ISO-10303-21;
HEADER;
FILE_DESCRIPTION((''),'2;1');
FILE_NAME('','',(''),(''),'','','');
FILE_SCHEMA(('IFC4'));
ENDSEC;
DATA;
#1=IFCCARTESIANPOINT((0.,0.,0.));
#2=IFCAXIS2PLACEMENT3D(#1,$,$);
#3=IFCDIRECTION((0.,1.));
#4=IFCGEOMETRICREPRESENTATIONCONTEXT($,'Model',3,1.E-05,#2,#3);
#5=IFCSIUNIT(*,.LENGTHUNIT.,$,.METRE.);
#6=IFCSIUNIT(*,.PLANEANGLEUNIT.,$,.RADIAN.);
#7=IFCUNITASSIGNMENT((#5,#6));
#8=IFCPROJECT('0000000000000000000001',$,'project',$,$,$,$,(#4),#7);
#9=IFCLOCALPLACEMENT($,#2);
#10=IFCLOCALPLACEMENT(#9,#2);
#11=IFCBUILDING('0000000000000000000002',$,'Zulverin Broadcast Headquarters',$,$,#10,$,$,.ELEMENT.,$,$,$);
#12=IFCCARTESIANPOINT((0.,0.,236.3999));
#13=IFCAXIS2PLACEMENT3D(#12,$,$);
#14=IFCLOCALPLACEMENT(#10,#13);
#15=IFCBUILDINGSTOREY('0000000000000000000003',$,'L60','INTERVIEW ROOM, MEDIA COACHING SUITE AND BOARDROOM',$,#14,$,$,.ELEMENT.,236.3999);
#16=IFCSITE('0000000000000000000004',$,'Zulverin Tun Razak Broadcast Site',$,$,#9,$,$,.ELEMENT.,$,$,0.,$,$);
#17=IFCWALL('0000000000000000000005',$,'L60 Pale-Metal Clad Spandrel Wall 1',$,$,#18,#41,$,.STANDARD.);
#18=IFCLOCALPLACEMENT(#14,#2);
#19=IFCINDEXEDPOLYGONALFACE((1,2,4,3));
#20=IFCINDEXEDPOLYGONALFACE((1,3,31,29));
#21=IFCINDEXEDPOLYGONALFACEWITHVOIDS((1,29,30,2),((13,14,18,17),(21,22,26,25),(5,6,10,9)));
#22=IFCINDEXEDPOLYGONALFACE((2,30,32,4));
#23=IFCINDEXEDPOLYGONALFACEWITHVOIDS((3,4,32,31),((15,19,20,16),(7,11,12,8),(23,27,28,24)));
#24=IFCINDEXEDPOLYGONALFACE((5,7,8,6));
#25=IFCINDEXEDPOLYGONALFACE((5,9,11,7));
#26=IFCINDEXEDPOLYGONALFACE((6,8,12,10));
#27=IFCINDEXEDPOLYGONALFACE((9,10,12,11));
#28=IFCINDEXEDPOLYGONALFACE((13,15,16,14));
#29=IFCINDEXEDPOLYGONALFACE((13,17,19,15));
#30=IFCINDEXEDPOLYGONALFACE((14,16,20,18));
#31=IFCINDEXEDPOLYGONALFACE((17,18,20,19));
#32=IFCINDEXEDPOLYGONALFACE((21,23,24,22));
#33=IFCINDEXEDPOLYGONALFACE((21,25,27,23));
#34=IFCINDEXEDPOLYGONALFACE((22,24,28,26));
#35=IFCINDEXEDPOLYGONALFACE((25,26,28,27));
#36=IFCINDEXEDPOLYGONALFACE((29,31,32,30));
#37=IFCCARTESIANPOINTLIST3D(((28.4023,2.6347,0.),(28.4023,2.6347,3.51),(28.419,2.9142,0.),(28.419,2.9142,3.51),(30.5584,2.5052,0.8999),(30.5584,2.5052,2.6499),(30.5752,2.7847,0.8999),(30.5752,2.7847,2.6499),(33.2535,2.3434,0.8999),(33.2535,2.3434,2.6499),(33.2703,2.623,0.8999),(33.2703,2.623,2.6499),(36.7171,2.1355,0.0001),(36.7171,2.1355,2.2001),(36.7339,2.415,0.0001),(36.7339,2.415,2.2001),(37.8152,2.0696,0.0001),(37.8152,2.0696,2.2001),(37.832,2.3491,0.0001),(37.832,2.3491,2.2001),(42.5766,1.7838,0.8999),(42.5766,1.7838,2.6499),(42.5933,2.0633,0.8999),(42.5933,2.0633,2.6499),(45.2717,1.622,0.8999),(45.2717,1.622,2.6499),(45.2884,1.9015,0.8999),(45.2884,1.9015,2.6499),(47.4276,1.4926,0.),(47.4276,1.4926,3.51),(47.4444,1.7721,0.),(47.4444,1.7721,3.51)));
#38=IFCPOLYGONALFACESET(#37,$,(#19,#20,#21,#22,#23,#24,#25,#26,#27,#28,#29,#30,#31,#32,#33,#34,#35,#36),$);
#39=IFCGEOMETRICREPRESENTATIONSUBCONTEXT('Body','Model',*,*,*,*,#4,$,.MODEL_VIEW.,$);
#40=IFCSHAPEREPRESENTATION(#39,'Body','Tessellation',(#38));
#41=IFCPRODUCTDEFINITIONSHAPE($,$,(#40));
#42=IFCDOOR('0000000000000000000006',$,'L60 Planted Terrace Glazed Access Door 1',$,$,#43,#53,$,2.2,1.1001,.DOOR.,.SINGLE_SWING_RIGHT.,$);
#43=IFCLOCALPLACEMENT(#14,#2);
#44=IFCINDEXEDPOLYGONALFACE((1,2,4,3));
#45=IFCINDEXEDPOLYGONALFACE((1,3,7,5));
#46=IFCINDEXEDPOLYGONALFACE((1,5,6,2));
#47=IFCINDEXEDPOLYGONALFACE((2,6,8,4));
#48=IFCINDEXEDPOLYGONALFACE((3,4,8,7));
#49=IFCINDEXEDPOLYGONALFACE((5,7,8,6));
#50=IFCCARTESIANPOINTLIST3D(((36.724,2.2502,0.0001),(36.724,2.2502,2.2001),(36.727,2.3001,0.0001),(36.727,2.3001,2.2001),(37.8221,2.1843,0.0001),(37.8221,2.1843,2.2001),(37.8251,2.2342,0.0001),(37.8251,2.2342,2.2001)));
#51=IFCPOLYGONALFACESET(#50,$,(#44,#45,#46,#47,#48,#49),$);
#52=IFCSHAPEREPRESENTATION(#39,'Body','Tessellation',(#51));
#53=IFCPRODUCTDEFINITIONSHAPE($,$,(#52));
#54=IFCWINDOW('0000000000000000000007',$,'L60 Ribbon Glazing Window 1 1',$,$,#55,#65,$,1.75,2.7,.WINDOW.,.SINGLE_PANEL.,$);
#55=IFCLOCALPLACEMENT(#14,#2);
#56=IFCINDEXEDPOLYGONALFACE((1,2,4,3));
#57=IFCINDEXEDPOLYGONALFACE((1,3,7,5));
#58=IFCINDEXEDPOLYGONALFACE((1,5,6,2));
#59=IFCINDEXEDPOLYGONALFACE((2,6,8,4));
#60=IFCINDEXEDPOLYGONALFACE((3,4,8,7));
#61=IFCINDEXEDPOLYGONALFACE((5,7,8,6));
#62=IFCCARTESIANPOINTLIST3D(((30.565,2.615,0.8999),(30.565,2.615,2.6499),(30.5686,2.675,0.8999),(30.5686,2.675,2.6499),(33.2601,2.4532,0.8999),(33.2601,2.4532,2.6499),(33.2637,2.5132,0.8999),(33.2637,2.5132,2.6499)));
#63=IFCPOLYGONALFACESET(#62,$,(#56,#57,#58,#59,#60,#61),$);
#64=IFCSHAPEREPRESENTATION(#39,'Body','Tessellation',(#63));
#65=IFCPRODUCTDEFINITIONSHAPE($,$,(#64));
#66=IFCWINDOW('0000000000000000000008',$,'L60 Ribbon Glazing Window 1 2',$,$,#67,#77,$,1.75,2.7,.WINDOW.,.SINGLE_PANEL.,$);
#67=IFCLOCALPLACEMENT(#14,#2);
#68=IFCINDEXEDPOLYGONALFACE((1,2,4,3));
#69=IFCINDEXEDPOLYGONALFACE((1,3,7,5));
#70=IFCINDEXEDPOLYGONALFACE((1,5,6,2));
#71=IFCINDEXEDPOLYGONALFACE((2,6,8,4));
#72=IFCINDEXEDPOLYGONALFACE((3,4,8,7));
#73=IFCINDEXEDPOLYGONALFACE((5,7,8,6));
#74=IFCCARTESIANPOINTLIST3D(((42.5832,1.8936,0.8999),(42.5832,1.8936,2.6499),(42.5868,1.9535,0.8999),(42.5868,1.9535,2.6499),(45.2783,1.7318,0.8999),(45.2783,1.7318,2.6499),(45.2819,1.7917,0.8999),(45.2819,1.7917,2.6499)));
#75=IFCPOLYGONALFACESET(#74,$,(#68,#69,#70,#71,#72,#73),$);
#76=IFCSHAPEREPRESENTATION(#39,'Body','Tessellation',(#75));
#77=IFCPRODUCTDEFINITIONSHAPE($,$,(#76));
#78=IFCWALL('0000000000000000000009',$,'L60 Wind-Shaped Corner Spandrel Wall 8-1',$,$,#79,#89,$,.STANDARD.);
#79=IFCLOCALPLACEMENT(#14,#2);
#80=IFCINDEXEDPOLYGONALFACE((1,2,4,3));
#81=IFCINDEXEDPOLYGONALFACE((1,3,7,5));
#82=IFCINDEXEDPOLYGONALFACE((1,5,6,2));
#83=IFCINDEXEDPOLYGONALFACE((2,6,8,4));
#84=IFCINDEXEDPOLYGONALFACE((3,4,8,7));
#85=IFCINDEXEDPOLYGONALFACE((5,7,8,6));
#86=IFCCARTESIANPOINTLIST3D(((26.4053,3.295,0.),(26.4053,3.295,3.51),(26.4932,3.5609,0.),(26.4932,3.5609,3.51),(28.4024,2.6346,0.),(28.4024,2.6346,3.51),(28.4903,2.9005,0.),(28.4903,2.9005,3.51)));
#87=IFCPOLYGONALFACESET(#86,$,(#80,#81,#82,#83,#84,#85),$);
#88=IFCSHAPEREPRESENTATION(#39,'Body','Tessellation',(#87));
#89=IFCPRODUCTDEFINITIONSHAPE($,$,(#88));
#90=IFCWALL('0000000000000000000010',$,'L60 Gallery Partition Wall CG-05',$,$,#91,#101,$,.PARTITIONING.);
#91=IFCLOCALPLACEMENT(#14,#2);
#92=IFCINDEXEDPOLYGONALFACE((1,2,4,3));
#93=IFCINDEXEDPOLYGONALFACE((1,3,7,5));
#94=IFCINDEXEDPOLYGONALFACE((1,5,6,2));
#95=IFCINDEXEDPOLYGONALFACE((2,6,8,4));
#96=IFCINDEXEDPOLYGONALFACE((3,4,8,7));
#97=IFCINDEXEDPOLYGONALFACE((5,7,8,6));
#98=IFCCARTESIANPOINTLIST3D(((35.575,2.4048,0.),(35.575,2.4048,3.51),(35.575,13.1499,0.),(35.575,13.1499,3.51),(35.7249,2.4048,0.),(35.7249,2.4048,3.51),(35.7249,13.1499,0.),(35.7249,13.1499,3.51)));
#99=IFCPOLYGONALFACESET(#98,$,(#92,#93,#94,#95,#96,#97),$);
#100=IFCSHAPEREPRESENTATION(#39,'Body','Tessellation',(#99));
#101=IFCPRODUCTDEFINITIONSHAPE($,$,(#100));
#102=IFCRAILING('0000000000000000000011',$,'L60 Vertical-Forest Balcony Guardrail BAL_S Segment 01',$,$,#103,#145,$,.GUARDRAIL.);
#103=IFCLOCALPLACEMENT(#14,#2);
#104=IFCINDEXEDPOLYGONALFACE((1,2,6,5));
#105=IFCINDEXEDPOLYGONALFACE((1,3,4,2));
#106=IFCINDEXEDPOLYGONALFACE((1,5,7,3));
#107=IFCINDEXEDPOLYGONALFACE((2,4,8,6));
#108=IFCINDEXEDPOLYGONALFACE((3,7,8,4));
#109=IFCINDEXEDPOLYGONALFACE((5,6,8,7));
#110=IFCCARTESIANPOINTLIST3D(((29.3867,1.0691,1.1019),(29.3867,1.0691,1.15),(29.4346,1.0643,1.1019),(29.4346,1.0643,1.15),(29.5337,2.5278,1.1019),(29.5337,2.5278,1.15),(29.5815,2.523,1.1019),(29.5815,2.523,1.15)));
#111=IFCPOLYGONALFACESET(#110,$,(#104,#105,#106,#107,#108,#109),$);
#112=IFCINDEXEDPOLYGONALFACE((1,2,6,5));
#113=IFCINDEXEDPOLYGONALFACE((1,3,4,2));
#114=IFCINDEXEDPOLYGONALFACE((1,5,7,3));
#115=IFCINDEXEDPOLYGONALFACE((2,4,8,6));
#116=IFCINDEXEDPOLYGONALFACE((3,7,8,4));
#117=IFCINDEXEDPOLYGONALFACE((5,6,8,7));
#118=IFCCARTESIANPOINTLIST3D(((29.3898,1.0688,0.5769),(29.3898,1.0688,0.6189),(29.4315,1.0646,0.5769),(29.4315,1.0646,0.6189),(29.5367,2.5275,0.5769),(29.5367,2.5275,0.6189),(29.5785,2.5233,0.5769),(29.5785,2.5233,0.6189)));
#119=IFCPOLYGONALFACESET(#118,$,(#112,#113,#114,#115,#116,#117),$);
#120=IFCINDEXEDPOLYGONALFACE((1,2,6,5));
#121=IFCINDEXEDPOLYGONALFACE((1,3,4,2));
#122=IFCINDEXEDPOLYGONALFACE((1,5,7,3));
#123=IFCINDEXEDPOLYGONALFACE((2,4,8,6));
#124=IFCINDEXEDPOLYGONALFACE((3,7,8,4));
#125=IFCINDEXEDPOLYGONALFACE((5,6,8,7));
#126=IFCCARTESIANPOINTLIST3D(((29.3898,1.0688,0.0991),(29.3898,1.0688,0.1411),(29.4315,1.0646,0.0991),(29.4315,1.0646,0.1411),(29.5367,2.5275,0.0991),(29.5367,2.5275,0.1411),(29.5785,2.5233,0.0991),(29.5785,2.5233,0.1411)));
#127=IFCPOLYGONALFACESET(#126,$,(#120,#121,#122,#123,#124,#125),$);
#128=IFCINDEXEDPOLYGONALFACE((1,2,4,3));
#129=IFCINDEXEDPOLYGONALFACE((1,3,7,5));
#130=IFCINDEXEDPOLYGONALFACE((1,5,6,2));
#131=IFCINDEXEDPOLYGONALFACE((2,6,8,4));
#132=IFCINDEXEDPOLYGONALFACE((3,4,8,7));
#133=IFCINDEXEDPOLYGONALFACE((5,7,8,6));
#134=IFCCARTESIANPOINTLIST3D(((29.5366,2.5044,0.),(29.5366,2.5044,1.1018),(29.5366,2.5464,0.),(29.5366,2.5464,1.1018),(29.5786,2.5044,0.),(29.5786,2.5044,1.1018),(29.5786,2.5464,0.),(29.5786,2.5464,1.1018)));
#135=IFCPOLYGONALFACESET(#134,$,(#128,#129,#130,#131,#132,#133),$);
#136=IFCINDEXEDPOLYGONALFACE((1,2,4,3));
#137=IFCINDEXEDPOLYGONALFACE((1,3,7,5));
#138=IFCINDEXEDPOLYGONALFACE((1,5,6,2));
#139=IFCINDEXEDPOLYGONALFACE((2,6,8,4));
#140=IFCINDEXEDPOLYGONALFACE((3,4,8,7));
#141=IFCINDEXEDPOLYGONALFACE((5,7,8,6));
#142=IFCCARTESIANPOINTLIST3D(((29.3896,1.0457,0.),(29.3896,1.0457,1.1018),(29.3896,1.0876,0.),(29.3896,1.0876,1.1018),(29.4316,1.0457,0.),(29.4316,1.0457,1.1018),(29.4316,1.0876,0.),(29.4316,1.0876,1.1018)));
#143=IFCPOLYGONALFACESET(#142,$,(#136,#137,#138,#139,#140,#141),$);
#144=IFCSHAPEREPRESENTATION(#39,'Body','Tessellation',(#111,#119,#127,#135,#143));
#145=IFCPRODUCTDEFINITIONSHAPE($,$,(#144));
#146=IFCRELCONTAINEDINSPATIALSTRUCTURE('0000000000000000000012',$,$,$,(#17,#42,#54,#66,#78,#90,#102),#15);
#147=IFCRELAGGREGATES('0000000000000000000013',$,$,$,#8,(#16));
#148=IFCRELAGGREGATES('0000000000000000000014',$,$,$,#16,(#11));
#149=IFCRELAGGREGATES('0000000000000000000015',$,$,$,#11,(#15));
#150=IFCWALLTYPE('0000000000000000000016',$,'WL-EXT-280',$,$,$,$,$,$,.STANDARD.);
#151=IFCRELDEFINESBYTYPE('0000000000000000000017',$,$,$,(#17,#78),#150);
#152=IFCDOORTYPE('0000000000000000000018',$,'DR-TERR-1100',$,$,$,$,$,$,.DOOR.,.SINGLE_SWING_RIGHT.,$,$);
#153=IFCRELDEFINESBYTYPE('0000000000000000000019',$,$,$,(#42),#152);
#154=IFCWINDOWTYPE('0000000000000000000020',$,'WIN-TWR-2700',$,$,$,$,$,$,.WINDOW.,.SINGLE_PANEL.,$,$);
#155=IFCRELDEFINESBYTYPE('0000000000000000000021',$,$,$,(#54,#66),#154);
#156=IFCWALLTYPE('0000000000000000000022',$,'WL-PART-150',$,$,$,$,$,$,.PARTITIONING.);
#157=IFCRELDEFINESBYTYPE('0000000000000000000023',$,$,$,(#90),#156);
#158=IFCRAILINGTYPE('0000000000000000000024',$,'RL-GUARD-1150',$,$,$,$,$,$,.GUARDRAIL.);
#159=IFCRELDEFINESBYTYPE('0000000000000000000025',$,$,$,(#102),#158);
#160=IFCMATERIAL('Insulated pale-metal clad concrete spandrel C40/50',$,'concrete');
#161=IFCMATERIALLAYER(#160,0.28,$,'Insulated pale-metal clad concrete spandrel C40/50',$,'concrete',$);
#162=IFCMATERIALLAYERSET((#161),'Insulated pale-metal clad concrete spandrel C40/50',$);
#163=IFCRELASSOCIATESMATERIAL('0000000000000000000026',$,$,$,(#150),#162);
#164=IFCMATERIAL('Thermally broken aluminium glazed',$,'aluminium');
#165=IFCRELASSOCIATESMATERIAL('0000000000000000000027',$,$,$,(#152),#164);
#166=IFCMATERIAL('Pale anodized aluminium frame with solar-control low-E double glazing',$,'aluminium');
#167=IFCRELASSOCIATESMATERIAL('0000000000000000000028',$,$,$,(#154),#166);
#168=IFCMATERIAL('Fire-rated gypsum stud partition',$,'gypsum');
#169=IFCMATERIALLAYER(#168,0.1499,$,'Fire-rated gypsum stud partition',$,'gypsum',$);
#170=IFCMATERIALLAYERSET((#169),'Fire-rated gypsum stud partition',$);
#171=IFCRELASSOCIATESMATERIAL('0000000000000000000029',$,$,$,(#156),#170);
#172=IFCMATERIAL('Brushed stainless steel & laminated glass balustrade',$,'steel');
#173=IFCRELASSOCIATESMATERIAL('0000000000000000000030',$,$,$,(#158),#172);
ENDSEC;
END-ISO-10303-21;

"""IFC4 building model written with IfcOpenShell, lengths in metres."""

from ifc_helpers import new_model, si_unit, direction, frame, frame_2d, origin, origin_2d, place, context, subcontext, project, spatial, rectangle, extrude, material, layer, layer_set, type_object, element, fill, save


model = new_model("IFC4")

# Units and contexts
model_context = context("Model", 3, precision=1e-05, world=origin(), true_north=direction((0.0, 1.0)))
body_context = subcontext(model_context, "Body", "Model", "MODEL_VIEW")
ifc_project = project(units=[si_unit("LENGTHUNIT", "METRE"), si_unit("PLANEANGLEUNIT", "RADIAN")], contexts=[model_context])

# Site, building, storey
site_placement = place(None, origin())
site = spatial("IfcSite", under=ifc_project, at=site_placement, Name="Zulverin Tun Razak Broadcast Site", CompositionType="ELEMENT", RefElevation=0.0)
building_placement = place(site_placement, origin())
building = spatial("IfcBuilding", under=site, at=building_placement, Name="Zulverin Broadcast Headquarters", CompositionType="ELEMENT")
storey_placement = place(building_placement, frame((0.0, 0.0, 236.3999)))
storey = spatial("IfcBuildingStorey", under=building, at=storey_placement, Name="L60", Description="INTERVIEW ROOM, MEDIA COACHING SUITE AND BOARDROOM", CompositionType="ELEMENT", Elevation=236.3999)

# Wall, openings, door, windows
ifc_material_1 = material(Name="Insulated pale-metal clad concrete spandrel C40/50", Category="concrete")
ifc_layer_1 = layer(ifc_material_1, 0.28, Name="Insulated pale-metal clad concrete spandrel C40/50", Category="concrete")
ifc_layer_set_1 = layer_set([ifc_layer_1], Name="Insulated pale-metal clad concrete spandrel C40/50")
wall_type_1 = type_object("IfcWallType", Name="WL-EXT-280", PredefinedType="STANDARD", material=ifc_layer_set_1)
wall_1_placement = place(storey_placement, frame((28.4106, 2.7744, 0.0), z_axis=(0.0, 0.0, 1.0), x_axis=(0.998203, -0.059922, 0.0)))
wall_1 = element("IfcWall", 1, at=wall_1_placement, inside=storey, type_object=wall_type_1, Name="L60 Pale-Metal Clad Spandrel Wall 1", PredefinedType="STANDARD", context=body_context, shape_type="SweptSolid", body=[
    extrude(rectangle(XDim=19.0596, YDim=0.28, at=frame_2d((9.5298, 0.0))), origin(), (0.0, 0.0, 1.0), 3.51),
])
opening_1_placement = place(wall_1_placement, frame((8.3298, 0.0, 0.0)))
opening_1 = element("IfcOpeningElement", 2, at=opening_1_placement, cuts=wall_1, PredefinedType="OPENING", context=body_context, shape_type="SweptSolid", body=[
    extrude(rectangle(XDim=1.1001, YDim=2.2, at=frame_2d((0.55, 1.1001))), frame((0.0, 0.1499, 0.0), z_axis=(0.0, -1.0, 0.0), x_axis=(1.0, 0.0, 0.0)), (0.0, 0.0, 1.0), 0.3),
])
opening_2_placement = place(wall_1_placement, frame((2.1599, 0.0, 0.8999)))
opening_2 = element("IfcOpeningElement", 3, at=opening_2_placement, cuts=wall_1, PredefinedType="OPENING", context=body_context, shape_type="SweptSolid", body=[
    extrude(rectangle(XDim=2.7, YDim=1.75, at=frame_2d((1.3501, 0.875))), frame((0.0, 0.1499, 0.0), z_axis=(0.0, -1.0, 0.0), x_axis=(1.0, 0.0, 0.0)), (0.0, 0.0, 1.0), 0.3),
])
opening_3_placement = place(wall_1_placement, frame((14.1997, 0.0, 0.8999)))
opening_3 = element("IfcOpeningElement", 4, at=opening_3_placement, cuts=wall_1, PredefinedType="OPENING", context=body_context, shape_type="SweptSolid", body=[
    extrude(rectangle(XDim=2.7, YDim=1.75, at=frame_2d((1.3501, 0.875))), frame((0.0, 0.1499, 0.0), z_axis=(0.0, -1.0, 0.0), x_axis=(1.0, 0.0, 0.0)), (0.0, 0.0, 1.0), 0.3),
])
ifc_material_2 = material(Name="Thermally broken aluminium glazed", Category="aluminium")
door_type = type_object("IfcDoorType", Name="DR-TERR-1100", OperationType="SINGLE_SWING_RIGHT", PredefinedType="DOOR", material=ifc_material_2)
door_placement = place(opening_1_placement, origin())
door = element("IfcDoor", 5, at=door_placement, inside=storey, type_object=door_type, Name="L60 Planted Terrace Glazed Access Door 1", OperationType="SINGLE_SWING_RIGHT", OverallHeight=2.2, OverallWidth=1.1001, PredefinedType="DOOR", context=body_context, shape_type="SweptSolid", body=[
    extrude(rectangle(XDim=1.1001, YDim=2.2, at=frame_2d((0.55, 1.1001))), frame((0.0, 0.0249, 0.0), z_axis=(0.0, -1.0, 0.0), x_axis=(1.0, 0.0, 0.0)), (0.0, 0.0, 1.0), 0.05),
])
fill(opening_1, door)
ifc_material_3 = material(Name="Pale anodized aluminium frame with solar-control low-E double glazing", Category="aluminium")
window_type = type_object("IfcWindowType", Name="WIN-TWR-2700", PartitioningType="SINGLE_PANEL", PredefinedType="WINDOW", material=ifc_material_3)
window_1_placement = place(opening_2_placement, origin())
window_1 = element("IfcWindow", 6, at=window_1_placement, inside=storey, type_object=window_type, Name="L60 Ribbon Glazing Window 1 1", OverallHeight=1.75, OverallWidth=2.7, PartitioningType="SINGLE_PANEL", PredefinedType="WINDOW", context=body_context, shape_type="SweptSolid", body=[
    extrude(rectangle(XDim=2.7, YDim=1.75, at=frame_2d((1.3501, 0.875))), frame((0.0, 0.03, 0.0), z_axis=(0.0, -1.0, 0.0), x_axis=(1.0, 0.0, 0.0)), (0.0, 0.0, 1.0), 0.0601),
])
fill(opening_2, window_1)
window_2_placement = place(opening_3_placement, origin())
window_2 = element("IfcWindow", 7, at=window_2_placement, inside=storey, type_object=window_type, Name="L60 Ribbon Glazing Window 1 2", OverallHeight=1.75, OverallWidth=2.7, PartitioningType="SINGLE_PANEL", PredefinedType="WINDOW", context=body_context, shape_type="SweptSolid", body=[
    extrude(rectangle(XDim=2.7, YDim=1.75, at=frame_2d((1.3501, 0.875))), frame((0.0, 0.03, 0.0), z_axis=(0.0, -1.0, 0.0), x_axis=(1.0, 0.0, 0.0)), (0.0, 0.0, 1.0), 0.0601),
])
fill(opening_3, window_2)

# Walls
wall_2_placement = place(storey_placement, frame((26.4492, 3.428, 0.0), z_axis=(0.0, 0.0, 1.0), x_axis=(0.949435, -0.313964, 0.0)))
element("IfcWall", 8, at=wall_2_placement, inside=storey, type_object=wall_type_1, Name="L60 Wind-Shaped Corner Spandrel Wall 8-1", PredefinedType="STANDARD", context=body_context, shape_type="SweptSolid", body=[
    extrude(rectangle(XDim=2.1035, YDim=0.28, at=frame_2d((1.0518, 0.0))), origin(), (0.0, 0.0, 1.0), 3.51),
])
ifc_material_4 = material(Name="Fire-rated gypsum stud partition", Category="gypsum")
ifc_layer_2 = layer(ifc_material_4, 0.1499, Name="Fire-rated gypsum stud partition", Category="gypsum")
ifc_layer_set_2 = layer_set([ifc_layer_2], Name="Fire-rated gypsum stud partition")
wall_type_2 = type_object("IfcWallType", Name="WL-PART-150", PredefinedType="PARTITIONING", material=ifc_layer_set_2)
wall_3_placement = place(storey_placement, frame((35.6499, 2.4048, 0.0), z_axis=(0.0, 0.0, 1.0), x_axis=(0.0, 1.0, 0.0)))
element("IfcWall", 9, at=wall_3_placement, inside=storey, type_object=wall_type_2, Name="L60 Gallery Partition Wall CG-05", PredefinedType="PARTITIONING", context=body_context, shape_type="SweptSolid", body=[
    extrude(rectangle(XDim=10.7451, YDim=0.1499, at=frame_2d((5.3726, 0.0))), origin(), (0.0, 0.0, 1.0), 3.51),
])

# Railing
ifc_material_5 = material(Name="Brushed stainless steel & laminated glass balustrade", Category="steel")
railing_type = type_object("IfcRailingType", Name="RL-GUARD-1150", PredefinedType="GUARDRAIL", material=ifc_material_5)
railing_1_placement = place(storey_placement, frame((29.5576, 2.5254, 0.0)))
element("IfcRailing", 10, at=railing_1_placement, inside=storey, type_object=railing_type, Name="L60 Vertical-Forest Balcony Guardrail BAL_S Segment 01", PredefinedType="GUARDRAIL", context=body_context, shape_type="SweptSolid", body=[
    extrude(rectangle(XDim=0.0481, YDim=0.0481, at=origin_2d()), frame((0.0, 0.0, 1.126), z_axis=(-0.100246, -0.994963, 0.0), x_axis=(0.994963, -0.100246, 0.0)), (0.0, 0.0, 1.0), 1.4661),
    extrude(rectangle(XDim=0.042, YDim=0.042, at=origin_2d()), frame((0.0, 0.0, 0.5979), z_axis=(-0.100246, -0.994963, 0.0), x_axis=(0.994963, -0.100246, 0.0)), (0.0, 0.0, 1.0), 1.4661),
    extrude(rectangle(XDim=0.042, YDim=0.042, at=origin_2d()), frame((0.0, 0.0, 0.1201), z_axis=(-0.100246, -0.994963, 0.0), x_axis=(0.994963, -0.100246, 0.0)), (0.0, 0.0, 1.0), 1.4661),
    extrude(rectangle(XDim=0.042, YDim=0.042, at=origin_2d()), origin(), (0.0, 0.0, 1.0), 1.1018),
    extrude(rectangle(XDim=0.042, YDim=0.042, at=origin_2d()), frame((-0.147, -1.4587, 0.0)), (0.0, 0.0, 1.0), 1.1018),
])

save(model, "model.ifc")
